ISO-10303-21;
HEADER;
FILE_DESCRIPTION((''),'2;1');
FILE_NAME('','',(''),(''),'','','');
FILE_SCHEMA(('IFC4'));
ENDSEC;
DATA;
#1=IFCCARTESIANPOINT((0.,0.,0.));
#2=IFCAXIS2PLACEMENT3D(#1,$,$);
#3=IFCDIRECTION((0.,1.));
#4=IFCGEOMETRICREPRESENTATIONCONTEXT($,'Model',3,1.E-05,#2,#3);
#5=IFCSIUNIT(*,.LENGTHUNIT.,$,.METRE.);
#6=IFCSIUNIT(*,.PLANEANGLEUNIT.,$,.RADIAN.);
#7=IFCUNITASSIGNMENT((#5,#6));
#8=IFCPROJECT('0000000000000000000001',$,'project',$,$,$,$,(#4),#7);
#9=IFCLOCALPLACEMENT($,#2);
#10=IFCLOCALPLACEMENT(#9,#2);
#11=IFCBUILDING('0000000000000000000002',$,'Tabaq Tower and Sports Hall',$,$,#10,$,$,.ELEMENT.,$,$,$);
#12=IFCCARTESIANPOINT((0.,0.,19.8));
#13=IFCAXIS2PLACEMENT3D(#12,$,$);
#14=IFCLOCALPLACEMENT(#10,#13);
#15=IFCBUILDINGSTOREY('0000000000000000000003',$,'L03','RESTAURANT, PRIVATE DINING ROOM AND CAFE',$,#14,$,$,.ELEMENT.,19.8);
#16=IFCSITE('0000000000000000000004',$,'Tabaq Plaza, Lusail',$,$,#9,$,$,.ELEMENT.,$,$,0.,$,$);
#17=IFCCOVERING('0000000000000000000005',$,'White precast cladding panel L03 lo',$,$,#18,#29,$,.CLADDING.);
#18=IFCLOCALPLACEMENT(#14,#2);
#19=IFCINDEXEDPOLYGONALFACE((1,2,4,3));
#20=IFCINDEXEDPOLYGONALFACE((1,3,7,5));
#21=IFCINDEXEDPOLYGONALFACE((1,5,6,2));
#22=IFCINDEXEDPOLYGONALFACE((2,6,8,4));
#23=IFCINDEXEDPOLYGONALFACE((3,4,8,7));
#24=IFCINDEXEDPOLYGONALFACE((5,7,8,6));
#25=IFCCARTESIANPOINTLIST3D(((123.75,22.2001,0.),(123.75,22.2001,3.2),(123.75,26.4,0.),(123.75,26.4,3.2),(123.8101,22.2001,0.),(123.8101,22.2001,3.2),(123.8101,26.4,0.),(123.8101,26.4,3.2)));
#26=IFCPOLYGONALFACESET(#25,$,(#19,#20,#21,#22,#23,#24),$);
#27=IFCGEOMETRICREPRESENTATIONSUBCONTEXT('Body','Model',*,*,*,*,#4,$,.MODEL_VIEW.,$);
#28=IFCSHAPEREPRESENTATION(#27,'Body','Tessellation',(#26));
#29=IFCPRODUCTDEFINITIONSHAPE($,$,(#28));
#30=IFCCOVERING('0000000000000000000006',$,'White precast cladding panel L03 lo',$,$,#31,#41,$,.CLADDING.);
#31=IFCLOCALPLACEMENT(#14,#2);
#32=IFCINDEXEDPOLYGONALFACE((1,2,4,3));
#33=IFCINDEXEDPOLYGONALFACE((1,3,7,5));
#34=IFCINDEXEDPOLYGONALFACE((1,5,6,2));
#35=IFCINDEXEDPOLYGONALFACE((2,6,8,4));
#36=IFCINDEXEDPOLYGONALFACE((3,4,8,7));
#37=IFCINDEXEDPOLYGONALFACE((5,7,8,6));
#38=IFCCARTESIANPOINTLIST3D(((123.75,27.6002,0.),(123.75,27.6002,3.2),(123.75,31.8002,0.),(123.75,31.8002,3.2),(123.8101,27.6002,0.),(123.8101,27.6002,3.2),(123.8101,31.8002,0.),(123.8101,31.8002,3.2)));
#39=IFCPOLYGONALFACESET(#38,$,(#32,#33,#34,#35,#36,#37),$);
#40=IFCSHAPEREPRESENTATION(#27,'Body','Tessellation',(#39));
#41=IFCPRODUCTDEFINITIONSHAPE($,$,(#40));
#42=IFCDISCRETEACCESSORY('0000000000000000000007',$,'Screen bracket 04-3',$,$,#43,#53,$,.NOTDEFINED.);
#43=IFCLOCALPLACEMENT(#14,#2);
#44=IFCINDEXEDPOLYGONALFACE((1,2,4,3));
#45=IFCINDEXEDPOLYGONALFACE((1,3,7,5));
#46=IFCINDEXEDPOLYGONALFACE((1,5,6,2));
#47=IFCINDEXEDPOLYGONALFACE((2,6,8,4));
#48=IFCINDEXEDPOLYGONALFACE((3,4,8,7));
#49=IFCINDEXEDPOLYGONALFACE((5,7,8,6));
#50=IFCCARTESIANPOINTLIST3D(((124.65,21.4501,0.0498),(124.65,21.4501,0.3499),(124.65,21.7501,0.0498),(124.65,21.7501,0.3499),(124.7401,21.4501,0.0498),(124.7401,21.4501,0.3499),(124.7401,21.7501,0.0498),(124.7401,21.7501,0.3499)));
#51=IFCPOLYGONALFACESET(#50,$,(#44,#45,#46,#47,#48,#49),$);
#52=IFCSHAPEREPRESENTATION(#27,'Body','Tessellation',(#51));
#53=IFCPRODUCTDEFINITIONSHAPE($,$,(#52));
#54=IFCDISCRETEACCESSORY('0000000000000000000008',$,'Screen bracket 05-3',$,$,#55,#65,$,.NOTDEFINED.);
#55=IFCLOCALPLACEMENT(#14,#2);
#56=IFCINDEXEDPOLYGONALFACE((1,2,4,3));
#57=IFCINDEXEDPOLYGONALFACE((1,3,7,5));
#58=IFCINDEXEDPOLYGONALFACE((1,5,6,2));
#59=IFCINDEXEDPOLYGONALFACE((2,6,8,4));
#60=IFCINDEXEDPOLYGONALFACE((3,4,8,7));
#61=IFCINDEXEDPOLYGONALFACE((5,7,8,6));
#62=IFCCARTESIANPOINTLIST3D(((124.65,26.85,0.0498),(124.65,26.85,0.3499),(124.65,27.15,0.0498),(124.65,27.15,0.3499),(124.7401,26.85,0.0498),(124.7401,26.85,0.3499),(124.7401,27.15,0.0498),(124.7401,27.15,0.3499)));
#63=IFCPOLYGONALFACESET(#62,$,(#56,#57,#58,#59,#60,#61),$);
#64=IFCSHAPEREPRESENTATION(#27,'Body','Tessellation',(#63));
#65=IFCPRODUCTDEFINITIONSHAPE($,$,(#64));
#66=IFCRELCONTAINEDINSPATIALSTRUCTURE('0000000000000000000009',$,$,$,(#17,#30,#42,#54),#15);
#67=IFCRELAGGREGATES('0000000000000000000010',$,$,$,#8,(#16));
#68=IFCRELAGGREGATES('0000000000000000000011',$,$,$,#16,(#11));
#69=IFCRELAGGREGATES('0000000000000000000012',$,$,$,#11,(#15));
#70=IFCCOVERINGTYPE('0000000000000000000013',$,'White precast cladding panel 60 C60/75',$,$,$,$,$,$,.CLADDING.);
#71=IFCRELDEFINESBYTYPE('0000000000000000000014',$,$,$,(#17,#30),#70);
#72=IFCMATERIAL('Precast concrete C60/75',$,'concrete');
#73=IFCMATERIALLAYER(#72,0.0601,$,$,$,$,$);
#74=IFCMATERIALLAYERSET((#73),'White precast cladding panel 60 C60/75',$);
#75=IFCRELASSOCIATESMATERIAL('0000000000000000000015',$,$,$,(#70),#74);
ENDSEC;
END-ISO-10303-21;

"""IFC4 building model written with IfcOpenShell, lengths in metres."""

from ifc_helpers import new_model, si_unit, direction, frame, frame_2d, origin, origin_2d, place, context, subcontext, project, spatial, rectangle, extrude, material, layer, layer_set, type_object, element, save


model = new_model("IFC4")

# Units and contexts
model_context = context("Model", 3, precision=1e-05, world=origin(), true_north=direction((0.0, 1.0)))
body_context = subcontext(model_context, "Body", "Model", "MODEL_VIEW")
ifc_project = project(units=[si_unit("LENGTHUNIT", "METRE"), si_unit("PLANEANGLEUNIT", "RADIAN")], contexts=[model_context])

# Site, building, storey
site_placement = place(None, origin())
site = spatial("IfcSite", under=ifc_project, at=site_placement, Name="Tabaq Plaza, Lusail", CompositionType="ELEMENT", RefElevation=0.0)
building_placement = place(site_placement, origin())
building = spatial("IfcBuilding", under=site, at=building_placement, Name="Tabaq Tower and Sports Hall", CompositionType="ELEMENT")
storey_placement = place(building_placement, frame((0.0, 0.0, 19.8)))
storey = spatial("IfcBuildingStorey", under=building, at=storey_placement, Name="L03", Description="RESTAURANT, PRIVATE DINING ROOM AND CAFE", CompositionType="ELEMENT", Elevation=19.8)

# Coverings
ifc_material_1 = material(Name="Precast concrete C60/75", Category="concrete")
ifc_layer_1 = layer(ifc_material_1, 0.0601)
ifc_layer_set_1 = layer_set([ifc_layer_1], Name="White precast cladding panel 60 C60/75")
covering_type = type_object("IfcCoveringType", Name="White precast cladding panel 60 C60/75", PredefinedType="CLADDING", material=ifc_layer_set_1)
for number, where, z_axis, x_axis, name in (
    (1, (123.78, 22.2, 0.0), (0.0, 0.0, 1.0), (0.0, 1.0, 0.0), "White precast cladding panel L03 lo"),
    (2, (123.78, 27.6001, 0.0), (0.0, 0.0, 1.0), (0.0, 1.0, 0.0), "White precast cladding panel L03 lo"),
):
    element("IfcCovering", number, at=place(storey_placement, frame(where, z_axis=z_axis, x_axis=x_axis)), inside=storey, type_object=covering_type, Name=name, PredefinedType="CLADDING", context=body_context, shape_type="SweptSolid", body=[
        extrude(rectangle(XDim=4.2, YDim=0.0601, at=frame_2d((2.1001, 0.0))), origin(), (0.0, 0.0, 1.0), 3.2),
    ])

# Discrete accessories
for number, where, z_axis, x_axis, name in (
    (3, (124.6951, 21.6001, 0.0498), (0.0, 0.0, 1.0), (1.0, 0.0, 0.0), "Screen bracket 04-3"),
    (4, (124.6951, 27.0, 0.0498), (0.0, 0.0, 1.0), (1.0, 0.0, 0.0), "Screen bracket 05-3"),
):
    element("IfcDiscreteAccessory", number, at=place(storey_placement, frame(where, z_axis=z_axis, x_axis=x_axis)), inside=storey, Name=name, PredefinedType="NOTDEFINED", context=body_context, shape_type="SweptSolid", body=[
        extrude(rectangle(XDim=0.0901, YDim=0.3, at=origin_2d()), origin(), (0.0, 0.0, 1.0), 0.3),
    ])

save(model, "model.ifc")
